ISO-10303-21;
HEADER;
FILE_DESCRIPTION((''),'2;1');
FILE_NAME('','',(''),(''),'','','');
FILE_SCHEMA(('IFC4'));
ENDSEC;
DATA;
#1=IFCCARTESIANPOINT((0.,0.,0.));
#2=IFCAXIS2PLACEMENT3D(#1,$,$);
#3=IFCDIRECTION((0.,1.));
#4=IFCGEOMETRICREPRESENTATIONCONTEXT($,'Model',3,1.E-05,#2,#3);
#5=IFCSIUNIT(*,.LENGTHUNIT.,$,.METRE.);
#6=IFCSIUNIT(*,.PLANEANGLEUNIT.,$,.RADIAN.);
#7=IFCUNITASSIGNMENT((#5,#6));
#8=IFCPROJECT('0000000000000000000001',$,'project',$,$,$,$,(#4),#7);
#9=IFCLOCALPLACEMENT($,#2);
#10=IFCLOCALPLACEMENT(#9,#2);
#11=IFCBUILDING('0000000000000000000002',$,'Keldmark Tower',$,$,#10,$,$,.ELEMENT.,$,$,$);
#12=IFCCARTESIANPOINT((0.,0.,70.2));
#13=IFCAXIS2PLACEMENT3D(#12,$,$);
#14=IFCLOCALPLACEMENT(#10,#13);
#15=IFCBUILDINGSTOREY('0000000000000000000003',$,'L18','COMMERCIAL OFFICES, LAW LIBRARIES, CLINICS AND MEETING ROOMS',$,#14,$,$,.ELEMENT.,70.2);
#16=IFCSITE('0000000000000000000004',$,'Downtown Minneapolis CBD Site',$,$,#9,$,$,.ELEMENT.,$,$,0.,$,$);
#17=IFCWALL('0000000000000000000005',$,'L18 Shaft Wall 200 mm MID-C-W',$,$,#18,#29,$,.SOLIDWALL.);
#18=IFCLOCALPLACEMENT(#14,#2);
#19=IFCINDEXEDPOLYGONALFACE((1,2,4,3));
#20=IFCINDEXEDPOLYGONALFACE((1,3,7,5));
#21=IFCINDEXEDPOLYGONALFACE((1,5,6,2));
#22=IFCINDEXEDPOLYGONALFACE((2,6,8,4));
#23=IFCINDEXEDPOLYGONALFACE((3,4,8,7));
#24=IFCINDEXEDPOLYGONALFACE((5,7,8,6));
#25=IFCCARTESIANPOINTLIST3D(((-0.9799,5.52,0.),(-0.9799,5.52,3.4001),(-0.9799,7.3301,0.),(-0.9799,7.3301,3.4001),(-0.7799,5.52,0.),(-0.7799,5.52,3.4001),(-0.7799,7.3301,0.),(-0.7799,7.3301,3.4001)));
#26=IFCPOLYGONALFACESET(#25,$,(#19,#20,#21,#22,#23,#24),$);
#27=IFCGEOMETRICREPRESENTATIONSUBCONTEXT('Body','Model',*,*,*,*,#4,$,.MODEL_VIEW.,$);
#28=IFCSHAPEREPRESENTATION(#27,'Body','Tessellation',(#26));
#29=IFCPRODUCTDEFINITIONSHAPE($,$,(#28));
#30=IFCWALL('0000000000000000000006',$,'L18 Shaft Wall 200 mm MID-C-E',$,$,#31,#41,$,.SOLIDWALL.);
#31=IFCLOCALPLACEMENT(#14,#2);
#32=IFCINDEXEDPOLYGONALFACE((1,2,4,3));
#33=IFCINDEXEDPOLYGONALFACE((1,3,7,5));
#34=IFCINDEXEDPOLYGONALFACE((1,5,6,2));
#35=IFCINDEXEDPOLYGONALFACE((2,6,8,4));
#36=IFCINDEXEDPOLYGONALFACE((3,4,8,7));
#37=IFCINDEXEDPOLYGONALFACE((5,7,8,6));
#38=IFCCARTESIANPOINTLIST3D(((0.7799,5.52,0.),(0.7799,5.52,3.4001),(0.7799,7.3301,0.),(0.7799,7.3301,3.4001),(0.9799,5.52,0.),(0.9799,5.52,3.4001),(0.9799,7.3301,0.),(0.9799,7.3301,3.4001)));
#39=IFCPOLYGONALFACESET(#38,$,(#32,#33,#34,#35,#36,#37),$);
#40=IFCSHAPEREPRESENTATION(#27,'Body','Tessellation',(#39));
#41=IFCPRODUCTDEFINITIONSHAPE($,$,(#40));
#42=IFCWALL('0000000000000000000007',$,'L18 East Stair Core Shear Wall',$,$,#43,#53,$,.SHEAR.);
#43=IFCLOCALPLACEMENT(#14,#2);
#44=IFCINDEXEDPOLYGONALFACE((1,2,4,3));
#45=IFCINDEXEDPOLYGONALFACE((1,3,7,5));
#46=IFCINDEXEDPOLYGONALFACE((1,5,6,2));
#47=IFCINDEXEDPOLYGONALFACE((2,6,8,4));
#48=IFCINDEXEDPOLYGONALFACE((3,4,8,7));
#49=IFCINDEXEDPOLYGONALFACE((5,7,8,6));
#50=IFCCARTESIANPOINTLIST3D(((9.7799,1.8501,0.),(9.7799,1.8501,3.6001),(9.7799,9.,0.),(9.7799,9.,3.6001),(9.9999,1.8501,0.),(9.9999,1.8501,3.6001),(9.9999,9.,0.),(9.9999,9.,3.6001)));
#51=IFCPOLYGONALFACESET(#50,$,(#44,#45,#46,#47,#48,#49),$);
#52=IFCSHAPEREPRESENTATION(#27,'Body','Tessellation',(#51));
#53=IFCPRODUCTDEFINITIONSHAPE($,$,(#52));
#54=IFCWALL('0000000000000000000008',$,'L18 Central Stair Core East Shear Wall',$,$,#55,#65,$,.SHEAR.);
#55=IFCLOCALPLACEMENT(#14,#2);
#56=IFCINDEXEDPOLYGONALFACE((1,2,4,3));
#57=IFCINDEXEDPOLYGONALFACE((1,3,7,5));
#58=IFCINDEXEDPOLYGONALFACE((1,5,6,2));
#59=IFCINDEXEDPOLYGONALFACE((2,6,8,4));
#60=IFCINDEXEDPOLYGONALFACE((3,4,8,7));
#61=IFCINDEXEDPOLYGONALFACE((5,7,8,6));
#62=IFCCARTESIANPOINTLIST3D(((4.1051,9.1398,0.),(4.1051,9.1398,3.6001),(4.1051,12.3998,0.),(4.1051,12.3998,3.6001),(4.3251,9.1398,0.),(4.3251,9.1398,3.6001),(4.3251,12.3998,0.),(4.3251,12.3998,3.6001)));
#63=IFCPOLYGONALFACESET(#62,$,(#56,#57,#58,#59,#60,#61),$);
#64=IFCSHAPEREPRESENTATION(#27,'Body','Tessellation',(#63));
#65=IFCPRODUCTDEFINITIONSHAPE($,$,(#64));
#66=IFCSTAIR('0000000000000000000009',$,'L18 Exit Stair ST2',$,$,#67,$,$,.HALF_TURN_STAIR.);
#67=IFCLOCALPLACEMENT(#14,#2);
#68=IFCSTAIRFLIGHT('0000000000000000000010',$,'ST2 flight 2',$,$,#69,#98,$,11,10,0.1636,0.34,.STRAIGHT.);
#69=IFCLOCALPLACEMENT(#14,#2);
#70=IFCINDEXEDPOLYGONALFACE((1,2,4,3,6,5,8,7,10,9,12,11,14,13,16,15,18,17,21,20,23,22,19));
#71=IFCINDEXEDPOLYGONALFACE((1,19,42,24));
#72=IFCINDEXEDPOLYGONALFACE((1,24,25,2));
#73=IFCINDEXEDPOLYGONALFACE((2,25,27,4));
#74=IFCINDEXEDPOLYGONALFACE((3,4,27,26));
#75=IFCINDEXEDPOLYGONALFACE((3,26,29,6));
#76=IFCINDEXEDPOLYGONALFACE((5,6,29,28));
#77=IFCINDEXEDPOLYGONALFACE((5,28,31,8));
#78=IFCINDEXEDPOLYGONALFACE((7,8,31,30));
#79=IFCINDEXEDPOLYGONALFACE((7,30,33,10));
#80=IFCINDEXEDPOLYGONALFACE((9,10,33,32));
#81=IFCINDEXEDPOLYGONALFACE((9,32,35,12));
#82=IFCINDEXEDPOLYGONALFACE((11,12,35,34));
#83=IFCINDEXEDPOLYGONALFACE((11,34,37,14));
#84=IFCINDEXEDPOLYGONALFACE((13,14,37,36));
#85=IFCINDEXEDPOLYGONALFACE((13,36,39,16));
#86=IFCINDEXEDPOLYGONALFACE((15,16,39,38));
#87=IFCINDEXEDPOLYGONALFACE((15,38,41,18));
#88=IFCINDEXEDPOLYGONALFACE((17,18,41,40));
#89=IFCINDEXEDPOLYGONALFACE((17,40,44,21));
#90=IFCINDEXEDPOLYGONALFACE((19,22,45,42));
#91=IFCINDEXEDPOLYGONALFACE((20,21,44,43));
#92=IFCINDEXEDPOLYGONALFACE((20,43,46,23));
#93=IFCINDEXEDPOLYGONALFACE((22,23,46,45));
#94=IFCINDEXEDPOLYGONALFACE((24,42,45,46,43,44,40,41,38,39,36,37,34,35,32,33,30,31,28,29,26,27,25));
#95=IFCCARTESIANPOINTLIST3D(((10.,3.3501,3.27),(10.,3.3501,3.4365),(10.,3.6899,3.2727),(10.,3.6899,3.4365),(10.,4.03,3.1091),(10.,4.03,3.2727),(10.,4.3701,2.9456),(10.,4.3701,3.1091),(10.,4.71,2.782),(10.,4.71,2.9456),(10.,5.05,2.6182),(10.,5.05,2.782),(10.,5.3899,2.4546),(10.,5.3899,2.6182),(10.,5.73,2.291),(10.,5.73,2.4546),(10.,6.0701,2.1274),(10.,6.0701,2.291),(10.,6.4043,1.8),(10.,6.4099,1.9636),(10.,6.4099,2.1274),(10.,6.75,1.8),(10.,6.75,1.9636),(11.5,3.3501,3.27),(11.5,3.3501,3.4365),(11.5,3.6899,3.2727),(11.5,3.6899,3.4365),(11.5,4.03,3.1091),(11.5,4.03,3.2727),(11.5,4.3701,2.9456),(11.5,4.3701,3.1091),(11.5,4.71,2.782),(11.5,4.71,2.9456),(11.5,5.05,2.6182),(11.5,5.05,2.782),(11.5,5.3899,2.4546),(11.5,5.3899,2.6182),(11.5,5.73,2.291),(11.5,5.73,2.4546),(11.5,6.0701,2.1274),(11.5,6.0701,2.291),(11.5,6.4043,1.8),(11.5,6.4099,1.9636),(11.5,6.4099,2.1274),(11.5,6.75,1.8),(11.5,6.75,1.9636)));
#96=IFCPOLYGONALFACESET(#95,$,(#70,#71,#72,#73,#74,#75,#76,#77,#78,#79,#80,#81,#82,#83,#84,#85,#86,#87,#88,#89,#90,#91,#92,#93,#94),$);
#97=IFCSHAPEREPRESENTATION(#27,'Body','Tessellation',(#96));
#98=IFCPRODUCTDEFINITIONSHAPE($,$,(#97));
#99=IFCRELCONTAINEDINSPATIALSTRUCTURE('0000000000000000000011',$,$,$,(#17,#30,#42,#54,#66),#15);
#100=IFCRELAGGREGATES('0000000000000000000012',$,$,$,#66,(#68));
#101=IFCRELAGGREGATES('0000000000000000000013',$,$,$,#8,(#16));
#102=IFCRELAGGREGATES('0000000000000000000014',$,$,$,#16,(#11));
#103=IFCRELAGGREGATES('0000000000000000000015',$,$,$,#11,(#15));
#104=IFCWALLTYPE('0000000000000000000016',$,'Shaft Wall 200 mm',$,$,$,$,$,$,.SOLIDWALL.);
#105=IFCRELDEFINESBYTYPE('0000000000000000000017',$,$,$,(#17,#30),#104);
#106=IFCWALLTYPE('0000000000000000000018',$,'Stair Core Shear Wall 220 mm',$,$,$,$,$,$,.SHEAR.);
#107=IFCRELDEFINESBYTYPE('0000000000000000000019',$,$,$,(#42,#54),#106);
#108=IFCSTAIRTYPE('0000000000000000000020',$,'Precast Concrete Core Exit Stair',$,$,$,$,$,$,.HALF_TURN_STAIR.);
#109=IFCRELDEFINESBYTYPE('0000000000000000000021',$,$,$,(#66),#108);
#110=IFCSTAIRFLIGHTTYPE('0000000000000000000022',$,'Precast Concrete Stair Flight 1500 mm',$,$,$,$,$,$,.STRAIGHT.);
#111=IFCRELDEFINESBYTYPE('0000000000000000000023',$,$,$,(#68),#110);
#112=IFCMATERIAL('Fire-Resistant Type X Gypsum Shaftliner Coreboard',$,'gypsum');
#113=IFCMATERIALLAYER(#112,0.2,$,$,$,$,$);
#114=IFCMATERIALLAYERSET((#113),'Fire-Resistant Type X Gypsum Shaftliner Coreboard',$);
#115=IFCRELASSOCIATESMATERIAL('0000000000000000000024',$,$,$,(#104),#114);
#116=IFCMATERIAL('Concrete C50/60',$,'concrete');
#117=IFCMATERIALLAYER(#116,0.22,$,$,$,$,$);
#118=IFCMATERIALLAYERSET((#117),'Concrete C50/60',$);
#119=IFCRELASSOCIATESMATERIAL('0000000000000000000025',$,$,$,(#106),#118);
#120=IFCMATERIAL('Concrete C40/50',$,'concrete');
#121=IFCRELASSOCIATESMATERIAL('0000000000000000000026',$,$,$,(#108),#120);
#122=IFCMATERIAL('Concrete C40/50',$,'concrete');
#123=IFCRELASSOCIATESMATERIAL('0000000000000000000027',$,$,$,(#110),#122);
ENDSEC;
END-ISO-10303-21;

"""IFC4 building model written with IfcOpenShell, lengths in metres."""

from ifc_helpers import new_model, si_unit, direction, frame, frame_2d, origin, place, context, subcontext, project, spatial, polyline, rectangle, outline, extrude, material, layer, layer_set, type_object, element, aggregate, save


model = new_model("IFC4")

# Units and contexts
model_context = context("Model", 3, precision=1e-05, world=origin(), true_north=direction((0.0, 1.0)))
body_context = subcontext(model_context, "Body", "Model", "MODEL_VIEW")
ifc_project = project(units=[si_unit("LENGTHUNIT", "METRE"), si_unit("PLANEANGLEUNIT", "RADIAN")], contexts=[model_context])

# Site, building, storey
site_placement = place(None, origin())
site = spatial("IfcSite", under=ifc_project, at=site_placement, Name="Downtown Minneapolis CBD Site", CompositionType="ELEMENT", RefElevation=0.0)
building_placement = place(site_placement, origin())
building = spatial("IfcBuilding", under=site, at=building_placement, Name="Keldmark Tower", CompositionType="ELEMENT")
storey_placement = place(building_placement, frame((0.0, 0.0, 70.2)))
storey = spatial("IfcBuildingStorey", under=building, at=storey_placement, Name="L18", Description="COMMERCIAL OFFICES, LAW LIBRARIES, CLINICS AND MEETING ROOMS", CompositionType="ELEMENT", Elevation=70.2)

# Shared definitions
ifc_material_1 = material(Name="Fire-Resistant Type X Gypsum Shaftliner Coreboard", Category="gypsum")
ifc_layer_1 = layer(ifc_material_1, 0.2)
ifc_layer_set_1 = layer_set([ifc_layer_1], Name="Fire-Resistant Type X Gypsum Shaftliner Coreboard")
wall_type_1 = type_object("IfcWallType", Name="Shaft Wall 200 mm", PredefinedType="SOLIDWALL", material=ifc_layer_set_1)

# Walls
for number, where, z_axis, x_axis, name in (
    (1, (-0.8799, 5.52, 0.0), (0.0, 0.0, 1.0), (0.0, 1.0, 0.0), "L18 Shaft Wall 200 mm MID-C-W"),
    (2, (0.8799, 5.52, 0.0), (0.0, 0.0, 1.0), (0.0, 1.0, 0.0), "L18 Shaft Wall 200 mm MID-C-E"),
):
    element("IfcWall", number, at=place(storey_placement, frame(where, z_axis=z_axis, x_axis=x_axis)), inside=storey, type_object=wall_type_1, Name=name, PredefinedType="SOLIDWALL", context=body_context, shape_type="SweptSolid", body=[
        extrude(rectangle(XDim=1.8101, YDim=0.2, at=frame_2d((0.905, 0.0))), origin(), (0.0, 0.0, 1.0), 3.4001),
    ])
ifc_material_2 = material(Name="Concrete C50/60", Category="concrete")
ifc_layer_2 = layer(ifc_material_2, 0.22)
ifc_layer_set_2 = layer_set([ifc_layer_2], Name="Concrete C50/60")
wall_type_2 = type_object("IfcWallType", Name="Stair Core Shear Wall 220 mm", PredefinedType="SHEAR", material=ifc_layer_set_2)
wall_1_placement = place(storey_placement, frame((9.8899, 1.8501, 0.0), z_axis=(0.0, 0.0, 1.0), x_axis=(0.0, 1.0, 0.0)))
element("IfcWall", 3, at=wall_1_placement, inside=storey, type_object=wall_type_2, Name="L18 East Stair Core Shear Wall", PredefinedType="SHEAR", context=body_context, shape_type="SweptSolid", body=[
    extrude(rectangle(XDim=7.1499, YDim=0.22, at=frame_2d((3.575, 0.0))), origin(), (0.0, 0.0, 1.0), 3.6001),
])
wall_2_placement = place(storey_placement, frame((4.2151, 9.1399, 0.0), z_axis=(0.0, 0.0, 1.0), x_axis=(0.0, 1.0, 0.0)))
element("IfcWall", 4, at=wall_2_placement, inside=storey, type_object=wall_type_2, Name="L18 Central Stair Core East Shear Wall", PredefinedType="SHEAR", context=body_context, shape_type="SweptSolid", body=[
    extrude(rectangle(XDim=3.26, YDim=0.22, at=frame_2d((1.6299, 0.0))), origin(), (0.0, 0.0, 1.0), 3.6001),
])

# Stair, stair flight
ifc_material_3 = material(Name="Concrete C40/50", Category="concrete")
stair_type = type_object("IfcStairType", Name="Precast Concrete Core Exit Stair", PredefinedType="HALF_TURN_STAIR", material=ifc_material_3)
stair_placement = place(storey_placement, origin())
stair = element("IfcStair", 5, at=stair_placement, inside=storey, type_object=stair_type, Name="L18 Exit Stair ST2", PredefinedType="HALF_TURN_STAIR")
ifc_material_4 = material(Name="Concrete C40/50", Category="concrete")
stair_flight_type = type_object("IfcStairFlightType", Name="Precast Concrete Stair Flight 1500 mm", PredefinedType="STRAIGHT", material=ifc_material_4)
stair_flight_placement = place(storey_placement, frame((10.75, 6.75, 1.8), z_axis=(0.0, 0.0, 1.0), x_axis=(0.0, -1.0, 0.0)))
stair_flight = element("IfcStairFlight", 6, at=stair_flight_placement, type_object=stair_flight_type, Name="ST2 flight 2", NumberOfRisers=11, NumberOfTreads=10, PredefinedType="STRAIGHT", RiserHeight=0.1636, TreadLength=0.34, context=body_context, shape_type="SweptSolid", body=[
    extrude(outline(polyline([(0.0, 0.0), (0.0, 0.1636), (0.3401, 0.1636), (0.3401, 0.3274), (0.6799, 0.3274), (0.6799, 0.491), (1.02, 0.491), (1.02, 0.6545), (1.3601, 0.6545), (1.3601, 0.8181), (1.7, 0.8181), (1.7, 0.9819), (2.04, 0.9819), (2.04, 1.1455), (2.3799, 1.1455), (2.3799, 1.3091), (2.72, 1.3091), (2.72, 1.4727), (3.0601, 1.4727), (3.0601, 1.6365), (3.3999, 1.6365), (3.3999, 1.8), (3.3999, 1.47), (0.3457, 0.0), (0.0, 0.0)])), frame((0.0, 0.75, 0.0), z_axis=(0.0, -1.0, 0.0), x_axis=(1.0, 0.0, 0.0)), (0.0, 0.0, 1.0), 1.5),
])
aggregate(stair, [stair_flight])

save(model, "model.ifc")
